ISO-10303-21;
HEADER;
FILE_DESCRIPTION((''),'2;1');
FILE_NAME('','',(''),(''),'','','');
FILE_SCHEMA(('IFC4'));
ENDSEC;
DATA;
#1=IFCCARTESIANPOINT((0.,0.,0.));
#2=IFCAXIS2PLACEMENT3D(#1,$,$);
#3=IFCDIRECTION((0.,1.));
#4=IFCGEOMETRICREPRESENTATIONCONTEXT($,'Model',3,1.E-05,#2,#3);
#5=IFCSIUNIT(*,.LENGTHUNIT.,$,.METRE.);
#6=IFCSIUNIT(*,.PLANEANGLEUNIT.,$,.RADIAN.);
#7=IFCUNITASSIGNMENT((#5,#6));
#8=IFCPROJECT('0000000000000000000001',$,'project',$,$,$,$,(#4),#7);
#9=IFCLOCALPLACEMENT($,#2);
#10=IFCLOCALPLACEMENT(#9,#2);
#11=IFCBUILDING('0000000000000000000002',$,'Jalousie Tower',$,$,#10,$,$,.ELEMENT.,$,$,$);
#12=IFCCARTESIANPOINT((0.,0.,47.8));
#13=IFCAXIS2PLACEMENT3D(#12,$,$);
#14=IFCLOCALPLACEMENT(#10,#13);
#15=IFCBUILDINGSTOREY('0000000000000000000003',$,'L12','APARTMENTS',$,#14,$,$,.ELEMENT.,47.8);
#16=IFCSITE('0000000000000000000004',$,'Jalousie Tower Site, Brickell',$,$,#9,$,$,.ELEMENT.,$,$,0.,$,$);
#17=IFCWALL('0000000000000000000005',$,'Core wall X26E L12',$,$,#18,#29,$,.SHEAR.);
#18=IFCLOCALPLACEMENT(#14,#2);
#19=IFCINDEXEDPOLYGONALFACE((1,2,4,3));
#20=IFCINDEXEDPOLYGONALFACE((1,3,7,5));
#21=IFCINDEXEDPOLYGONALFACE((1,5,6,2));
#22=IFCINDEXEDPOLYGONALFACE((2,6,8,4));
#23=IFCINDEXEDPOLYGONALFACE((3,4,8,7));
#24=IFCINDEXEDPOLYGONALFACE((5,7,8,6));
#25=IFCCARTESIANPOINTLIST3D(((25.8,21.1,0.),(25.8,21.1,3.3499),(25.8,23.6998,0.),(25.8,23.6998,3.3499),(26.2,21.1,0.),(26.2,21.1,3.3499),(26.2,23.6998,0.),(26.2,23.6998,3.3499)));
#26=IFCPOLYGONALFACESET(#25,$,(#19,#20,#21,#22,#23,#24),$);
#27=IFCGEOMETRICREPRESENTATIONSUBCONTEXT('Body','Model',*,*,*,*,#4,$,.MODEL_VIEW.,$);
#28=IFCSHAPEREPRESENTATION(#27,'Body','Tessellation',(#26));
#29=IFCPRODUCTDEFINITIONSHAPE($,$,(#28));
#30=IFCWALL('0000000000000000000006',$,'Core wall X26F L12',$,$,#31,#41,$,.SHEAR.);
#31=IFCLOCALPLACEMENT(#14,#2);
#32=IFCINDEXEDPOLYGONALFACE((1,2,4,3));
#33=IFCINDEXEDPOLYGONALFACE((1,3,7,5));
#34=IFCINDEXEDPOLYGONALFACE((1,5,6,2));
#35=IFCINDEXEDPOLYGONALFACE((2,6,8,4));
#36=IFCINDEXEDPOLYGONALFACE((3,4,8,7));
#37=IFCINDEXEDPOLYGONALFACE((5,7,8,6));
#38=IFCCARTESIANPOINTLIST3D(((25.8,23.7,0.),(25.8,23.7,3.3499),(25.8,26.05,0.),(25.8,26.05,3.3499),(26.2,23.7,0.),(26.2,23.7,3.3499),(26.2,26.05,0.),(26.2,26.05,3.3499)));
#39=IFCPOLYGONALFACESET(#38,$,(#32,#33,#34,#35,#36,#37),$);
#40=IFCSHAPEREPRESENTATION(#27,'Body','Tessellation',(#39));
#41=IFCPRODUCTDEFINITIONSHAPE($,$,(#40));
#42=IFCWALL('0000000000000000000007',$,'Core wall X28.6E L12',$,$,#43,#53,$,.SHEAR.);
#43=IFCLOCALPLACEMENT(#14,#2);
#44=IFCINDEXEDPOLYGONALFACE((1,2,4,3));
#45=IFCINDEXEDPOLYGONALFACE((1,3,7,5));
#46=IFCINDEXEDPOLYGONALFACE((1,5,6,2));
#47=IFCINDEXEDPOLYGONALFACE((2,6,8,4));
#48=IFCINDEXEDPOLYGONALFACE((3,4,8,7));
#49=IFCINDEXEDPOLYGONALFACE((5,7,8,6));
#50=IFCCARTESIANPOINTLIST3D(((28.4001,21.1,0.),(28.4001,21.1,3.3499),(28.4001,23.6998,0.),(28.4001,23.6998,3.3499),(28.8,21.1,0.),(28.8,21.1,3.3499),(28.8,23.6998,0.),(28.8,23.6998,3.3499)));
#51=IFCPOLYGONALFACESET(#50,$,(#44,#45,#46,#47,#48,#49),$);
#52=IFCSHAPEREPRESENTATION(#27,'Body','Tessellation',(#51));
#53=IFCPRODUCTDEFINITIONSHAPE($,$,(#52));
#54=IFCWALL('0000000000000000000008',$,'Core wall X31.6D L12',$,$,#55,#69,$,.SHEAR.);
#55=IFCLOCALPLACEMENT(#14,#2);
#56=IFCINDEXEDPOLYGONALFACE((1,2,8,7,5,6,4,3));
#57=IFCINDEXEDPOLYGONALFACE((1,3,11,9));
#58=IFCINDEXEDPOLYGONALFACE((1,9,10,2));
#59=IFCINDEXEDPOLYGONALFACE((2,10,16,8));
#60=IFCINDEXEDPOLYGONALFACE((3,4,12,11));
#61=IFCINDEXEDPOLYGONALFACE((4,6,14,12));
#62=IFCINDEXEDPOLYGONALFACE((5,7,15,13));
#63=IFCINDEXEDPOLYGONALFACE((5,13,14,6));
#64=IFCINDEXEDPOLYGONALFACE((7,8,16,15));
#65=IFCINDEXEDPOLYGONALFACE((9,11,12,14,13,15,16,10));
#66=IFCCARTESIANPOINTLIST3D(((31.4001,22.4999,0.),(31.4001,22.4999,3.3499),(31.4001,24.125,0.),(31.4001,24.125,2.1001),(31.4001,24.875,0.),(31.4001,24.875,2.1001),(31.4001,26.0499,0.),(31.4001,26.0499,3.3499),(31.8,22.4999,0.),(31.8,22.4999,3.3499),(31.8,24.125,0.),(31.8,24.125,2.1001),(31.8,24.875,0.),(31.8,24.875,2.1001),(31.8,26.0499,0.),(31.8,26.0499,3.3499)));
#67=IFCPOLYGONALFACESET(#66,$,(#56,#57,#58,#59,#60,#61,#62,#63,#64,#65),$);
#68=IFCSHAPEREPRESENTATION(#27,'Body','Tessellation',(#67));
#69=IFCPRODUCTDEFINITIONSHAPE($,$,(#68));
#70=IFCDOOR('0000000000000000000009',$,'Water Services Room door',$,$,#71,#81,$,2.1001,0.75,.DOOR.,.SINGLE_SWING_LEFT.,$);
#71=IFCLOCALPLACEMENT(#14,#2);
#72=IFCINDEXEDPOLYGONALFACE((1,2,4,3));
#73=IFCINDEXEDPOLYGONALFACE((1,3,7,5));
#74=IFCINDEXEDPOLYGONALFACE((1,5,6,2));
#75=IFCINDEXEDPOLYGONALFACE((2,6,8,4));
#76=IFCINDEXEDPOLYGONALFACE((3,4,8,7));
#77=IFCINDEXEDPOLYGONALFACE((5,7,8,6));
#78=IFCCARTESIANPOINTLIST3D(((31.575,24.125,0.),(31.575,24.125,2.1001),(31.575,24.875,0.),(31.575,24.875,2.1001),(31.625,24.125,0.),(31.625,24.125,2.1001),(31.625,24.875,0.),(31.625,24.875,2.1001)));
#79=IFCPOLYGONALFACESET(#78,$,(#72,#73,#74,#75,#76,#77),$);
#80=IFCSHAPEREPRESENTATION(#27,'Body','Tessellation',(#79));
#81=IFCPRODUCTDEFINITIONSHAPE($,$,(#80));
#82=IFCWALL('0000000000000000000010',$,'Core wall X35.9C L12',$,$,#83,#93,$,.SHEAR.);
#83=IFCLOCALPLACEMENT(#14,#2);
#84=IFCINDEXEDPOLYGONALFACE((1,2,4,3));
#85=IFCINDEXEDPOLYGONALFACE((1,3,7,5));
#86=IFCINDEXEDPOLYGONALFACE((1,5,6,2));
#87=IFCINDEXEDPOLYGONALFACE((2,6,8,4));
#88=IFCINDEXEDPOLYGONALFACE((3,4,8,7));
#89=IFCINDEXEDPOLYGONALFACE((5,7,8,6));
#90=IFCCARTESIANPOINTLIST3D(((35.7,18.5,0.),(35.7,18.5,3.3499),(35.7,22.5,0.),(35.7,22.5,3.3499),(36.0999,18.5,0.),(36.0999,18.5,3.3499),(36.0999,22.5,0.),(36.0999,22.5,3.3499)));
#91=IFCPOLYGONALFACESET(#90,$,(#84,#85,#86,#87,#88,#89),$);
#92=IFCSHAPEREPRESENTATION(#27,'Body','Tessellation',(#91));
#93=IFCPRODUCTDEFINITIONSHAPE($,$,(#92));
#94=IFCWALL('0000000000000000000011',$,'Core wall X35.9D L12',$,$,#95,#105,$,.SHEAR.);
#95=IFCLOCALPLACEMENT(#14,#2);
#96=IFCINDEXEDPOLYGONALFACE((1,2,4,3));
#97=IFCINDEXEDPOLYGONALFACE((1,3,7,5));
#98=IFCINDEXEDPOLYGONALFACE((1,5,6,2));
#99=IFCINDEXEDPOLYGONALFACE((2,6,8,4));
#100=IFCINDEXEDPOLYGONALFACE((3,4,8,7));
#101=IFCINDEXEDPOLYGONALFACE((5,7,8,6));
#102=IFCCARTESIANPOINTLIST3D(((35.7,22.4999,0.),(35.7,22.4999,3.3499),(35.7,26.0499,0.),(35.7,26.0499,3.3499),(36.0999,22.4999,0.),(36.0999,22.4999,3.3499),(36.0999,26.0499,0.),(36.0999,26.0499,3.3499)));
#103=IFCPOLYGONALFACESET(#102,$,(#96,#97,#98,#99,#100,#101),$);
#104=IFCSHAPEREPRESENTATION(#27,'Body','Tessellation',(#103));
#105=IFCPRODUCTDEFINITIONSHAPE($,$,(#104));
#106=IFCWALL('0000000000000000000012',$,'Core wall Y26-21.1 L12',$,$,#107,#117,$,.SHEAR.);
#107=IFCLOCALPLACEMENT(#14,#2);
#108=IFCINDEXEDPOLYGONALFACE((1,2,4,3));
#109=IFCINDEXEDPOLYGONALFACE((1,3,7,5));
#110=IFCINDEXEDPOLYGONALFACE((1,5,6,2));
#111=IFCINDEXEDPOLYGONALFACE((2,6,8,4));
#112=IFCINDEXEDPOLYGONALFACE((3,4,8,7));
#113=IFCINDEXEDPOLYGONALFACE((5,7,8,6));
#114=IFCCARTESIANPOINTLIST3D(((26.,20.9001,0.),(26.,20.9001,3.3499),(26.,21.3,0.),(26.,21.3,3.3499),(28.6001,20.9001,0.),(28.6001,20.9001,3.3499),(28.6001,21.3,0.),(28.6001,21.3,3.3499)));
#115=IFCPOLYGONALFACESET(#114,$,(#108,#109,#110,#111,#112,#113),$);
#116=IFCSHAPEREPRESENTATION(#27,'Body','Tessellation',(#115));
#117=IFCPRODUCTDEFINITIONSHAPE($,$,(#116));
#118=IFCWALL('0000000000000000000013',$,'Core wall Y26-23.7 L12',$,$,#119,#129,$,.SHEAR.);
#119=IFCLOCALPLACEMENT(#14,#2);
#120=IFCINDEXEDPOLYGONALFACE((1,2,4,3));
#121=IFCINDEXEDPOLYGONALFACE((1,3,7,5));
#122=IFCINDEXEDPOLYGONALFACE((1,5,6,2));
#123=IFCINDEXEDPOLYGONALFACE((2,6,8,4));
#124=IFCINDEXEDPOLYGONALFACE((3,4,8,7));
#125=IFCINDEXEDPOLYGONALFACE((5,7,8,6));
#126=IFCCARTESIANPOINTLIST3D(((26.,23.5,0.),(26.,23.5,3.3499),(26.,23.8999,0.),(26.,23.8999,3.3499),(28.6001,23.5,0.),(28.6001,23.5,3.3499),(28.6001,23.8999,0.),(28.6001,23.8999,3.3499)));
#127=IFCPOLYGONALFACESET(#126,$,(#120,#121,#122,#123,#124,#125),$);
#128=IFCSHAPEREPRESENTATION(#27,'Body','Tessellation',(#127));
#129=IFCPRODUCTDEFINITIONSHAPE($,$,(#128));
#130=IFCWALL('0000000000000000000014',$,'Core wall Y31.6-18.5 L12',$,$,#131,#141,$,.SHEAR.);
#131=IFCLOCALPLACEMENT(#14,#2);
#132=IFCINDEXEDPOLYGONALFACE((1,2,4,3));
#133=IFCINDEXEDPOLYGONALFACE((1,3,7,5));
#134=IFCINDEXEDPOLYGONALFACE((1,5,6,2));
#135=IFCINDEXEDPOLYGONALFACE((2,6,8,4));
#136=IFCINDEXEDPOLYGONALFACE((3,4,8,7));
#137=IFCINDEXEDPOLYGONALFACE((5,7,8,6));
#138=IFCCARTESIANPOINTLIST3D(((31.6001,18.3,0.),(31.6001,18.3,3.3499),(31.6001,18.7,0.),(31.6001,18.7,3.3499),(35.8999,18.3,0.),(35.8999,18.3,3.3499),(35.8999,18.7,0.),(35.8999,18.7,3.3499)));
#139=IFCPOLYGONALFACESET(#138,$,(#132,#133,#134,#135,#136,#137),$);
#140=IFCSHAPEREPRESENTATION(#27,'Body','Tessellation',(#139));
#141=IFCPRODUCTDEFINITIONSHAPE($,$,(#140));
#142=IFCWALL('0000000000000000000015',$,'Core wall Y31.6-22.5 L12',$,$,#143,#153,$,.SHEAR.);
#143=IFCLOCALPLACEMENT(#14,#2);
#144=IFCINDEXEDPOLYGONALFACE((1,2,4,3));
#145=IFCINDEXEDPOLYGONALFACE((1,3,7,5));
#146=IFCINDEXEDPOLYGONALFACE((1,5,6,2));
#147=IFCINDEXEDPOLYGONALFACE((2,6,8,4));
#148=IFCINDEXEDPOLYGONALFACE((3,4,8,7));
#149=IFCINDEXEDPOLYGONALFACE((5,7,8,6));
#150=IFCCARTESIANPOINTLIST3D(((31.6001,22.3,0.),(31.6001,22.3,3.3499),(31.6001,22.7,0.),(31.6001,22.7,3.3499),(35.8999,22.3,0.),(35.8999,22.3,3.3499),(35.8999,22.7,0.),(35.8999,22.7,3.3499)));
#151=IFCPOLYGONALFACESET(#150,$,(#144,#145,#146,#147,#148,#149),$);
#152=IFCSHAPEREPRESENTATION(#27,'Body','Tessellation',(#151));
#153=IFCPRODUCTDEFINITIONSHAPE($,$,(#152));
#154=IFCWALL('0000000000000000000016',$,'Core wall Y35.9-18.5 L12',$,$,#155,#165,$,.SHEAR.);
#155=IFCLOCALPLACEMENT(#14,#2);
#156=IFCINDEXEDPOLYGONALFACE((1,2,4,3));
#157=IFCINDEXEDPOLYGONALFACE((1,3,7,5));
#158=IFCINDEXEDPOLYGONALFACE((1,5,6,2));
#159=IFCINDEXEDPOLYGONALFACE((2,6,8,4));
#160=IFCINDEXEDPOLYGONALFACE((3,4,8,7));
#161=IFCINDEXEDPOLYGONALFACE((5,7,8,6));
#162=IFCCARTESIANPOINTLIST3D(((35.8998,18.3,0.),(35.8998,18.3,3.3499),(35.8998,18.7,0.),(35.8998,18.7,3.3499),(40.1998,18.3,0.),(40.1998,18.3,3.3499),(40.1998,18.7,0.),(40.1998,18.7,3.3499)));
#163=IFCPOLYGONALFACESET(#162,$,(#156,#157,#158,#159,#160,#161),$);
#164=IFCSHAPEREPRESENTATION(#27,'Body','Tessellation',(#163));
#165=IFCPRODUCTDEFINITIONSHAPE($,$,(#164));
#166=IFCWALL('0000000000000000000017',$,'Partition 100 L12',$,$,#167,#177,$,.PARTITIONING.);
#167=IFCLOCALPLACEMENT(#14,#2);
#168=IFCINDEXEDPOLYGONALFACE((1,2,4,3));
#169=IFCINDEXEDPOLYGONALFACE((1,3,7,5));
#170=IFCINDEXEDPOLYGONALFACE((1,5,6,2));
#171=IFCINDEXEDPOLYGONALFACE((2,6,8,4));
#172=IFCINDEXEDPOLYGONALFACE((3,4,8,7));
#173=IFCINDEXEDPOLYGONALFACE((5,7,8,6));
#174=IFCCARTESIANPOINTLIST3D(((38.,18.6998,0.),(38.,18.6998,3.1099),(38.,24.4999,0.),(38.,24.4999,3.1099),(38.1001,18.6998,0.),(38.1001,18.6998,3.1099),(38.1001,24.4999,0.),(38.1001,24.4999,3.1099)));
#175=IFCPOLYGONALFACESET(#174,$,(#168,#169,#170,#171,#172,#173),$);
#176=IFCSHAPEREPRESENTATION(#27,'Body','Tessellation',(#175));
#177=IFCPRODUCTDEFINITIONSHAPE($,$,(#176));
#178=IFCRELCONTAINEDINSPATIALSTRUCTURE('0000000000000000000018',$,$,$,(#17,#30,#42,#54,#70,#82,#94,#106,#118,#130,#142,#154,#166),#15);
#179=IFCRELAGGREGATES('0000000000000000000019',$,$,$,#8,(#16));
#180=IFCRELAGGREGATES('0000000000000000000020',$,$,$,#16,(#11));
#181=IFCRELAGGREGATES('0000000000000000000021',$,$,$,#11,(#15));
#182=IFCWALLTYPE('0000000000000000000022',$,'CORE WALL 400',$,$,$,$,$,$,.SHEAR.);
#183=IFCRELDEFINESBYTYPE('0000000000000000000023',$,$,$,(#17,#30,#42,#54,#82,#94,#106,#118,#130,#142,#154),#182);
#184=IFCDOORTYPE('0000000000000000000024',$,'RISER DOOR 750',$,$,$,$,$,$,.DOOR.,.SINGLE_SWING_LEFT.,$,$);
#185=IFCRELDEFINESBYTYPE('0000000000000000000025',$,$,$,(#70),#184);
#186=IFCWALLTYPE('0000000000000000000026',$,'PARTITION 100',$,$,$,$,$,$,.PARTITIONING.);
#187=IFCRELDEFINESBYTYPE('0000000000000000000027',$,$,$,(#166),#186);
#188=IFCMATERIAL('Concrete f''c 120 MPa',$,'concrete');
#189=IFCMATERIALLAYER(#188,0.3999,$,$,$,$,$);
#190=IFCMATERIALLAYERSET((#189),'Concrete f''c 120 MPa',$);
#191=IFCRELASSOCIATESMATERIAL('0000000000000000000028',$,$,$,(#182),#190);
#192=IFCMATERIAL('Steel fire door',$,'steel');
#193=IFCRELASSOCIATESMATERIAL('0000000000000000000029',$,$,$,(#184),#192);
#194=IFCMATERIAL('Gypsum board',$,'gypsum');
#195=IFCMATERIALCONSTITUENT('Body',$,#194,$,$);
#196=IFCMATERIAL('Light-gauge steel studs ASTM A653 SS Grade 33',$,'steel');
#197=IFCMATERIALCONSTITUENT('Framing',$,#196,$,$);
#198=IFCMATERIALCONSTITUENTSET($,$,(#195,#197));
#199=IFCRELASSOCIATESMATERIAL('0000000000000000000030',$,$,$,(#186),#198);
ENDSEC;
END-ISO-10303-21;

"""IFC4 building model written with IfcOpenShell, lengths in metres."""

from ifc_helpers import new_model, si_unit, direction, frame, frame_2d, origin, place, context, subcontext, project, spatial, rectangle, extrude, material, layer, layer_set, constituent, constituent_set, type_object, element, fill, save


model = new_model("IFC4")

# Units and contexts
model_context = context("Model", 3, precision=1e-05, world=origin(), true_north=direction((0.0, 1.0)))
body_context = subcontext(model_context, "Body", "Model", "MODEL_VIEW")
ifc_project = project(units=[si_unit("LENGTHUNIT", "METRE"), si_unit("PLANEANGLEUNIT", "RADIAN")], contexts=[model_context])

# Site, building, storey
site_placement = place(None, origin())
site = spatial("IfcSite", under=ifc_project, at=site_placement, Name="Jalousie Tower Site, Brickell", CompositionType="ELEMENT", RefElevation=0.0)
building_placement = place(site_placement, origin())
building = spatial("IfcBuilding", under=site, at=building_placement, Name="Jalousie Tower", CompositionType="ELEMENT")
storey_placement = place(building_placement, frame((0.0, 0.0, 47.8)))
storey = spatial("IfcBuildingStorey", under=building, at=storey_placement, Name="L12", Description="APARTMENTS", CompositionType="ELEMENT", Elevation=47.8)

# Walls
ifc_material_1 = material(Name="Concrete f'c 120 MPa", Category="concrete")
ifc_layer = layer(ifc_material_1, 0.3999)
ifc_layer_set = layer_set([ifc_layer], Name="Concrete f'c 120 MPa")
wall_type_1 = type_object("IfcWallType", Name="CORE WALL 400", PredefinedType="SHEAR", material=ifc_layer_set)
wall_1_placement = place(storey_placement, frame((26.0, 21.1001, 0.0), z_axis=(0.0, 0.0, 1.0), x_axis=(0.0, 1.0, 0.0)))
element("IfcWall", 1, at=wall_1_placement, inside=storey, type_object=wall_type_1, Name="Core wall X26E L12", PredefinedType="SHEAR", context=body_context, shape_type="SweptSolid", body=[
    extrude(rectangle(XDim=2.5999, YDim=0.3999, at=frame_2d((1.2998, 0.0))), origin(), (0.0, 0.0, 1.0), 3.3499),
])
wall_2_placement = place(storey_placement, frame((26.0, 23.7, 0.0), z_axis=(0.0, 0.0, 1.0), x_axis=(0.0, 1.0, 0.0)))
element("IfcWall", 2, at=wall_2_placement, inside=storey, type_object=wall_type_1, Name="Core wall X26F L12", PredefinedType="SHEAR", context=body_context, shape_type="SweptSolid", body=[
    extrude(rectangle(XDim=2.3501, YDim=0.3999, at=frame_2d((1.175, 0.0))), origin(), (0.0, 0.0, 1.0), 3.3499),
])
wall_3_placement = place(storey_placement, frame((28.6001, 21.1001, 0.0), z_axis=(0.0, 0.0, 1.0), x_axis=(0.0, 1.0, 0.0)))
element("IfcWall", 3, at=wall_3_placement, inside=storey, type_object=wall_type_1, Name="Core wall X28.6E L12", PredefinedType="SHEAR", context=body_context, shape_type="SweptSolid", body=[
    extrude(rectangle(XDim=2.5999, YDim=0.3999, at=frame_2d((1.2998, 0.0))), origin(), (0.0, 0.0, 1.0), 3.3499),
])

# Wall, opening, door
wall_4_placement = place(storey_placement, frame((31.6001, 22.5, 0.0), z_axis=(0.0, 0.0, 1.0), x_axis=(0.0, 1.0, 0.0)))
wall_4 = element("IfcWall", 4, at=wall_4_placement, inside=storey, type_object=wall_type_1, Name="Core wall X31.6D L12", PredefinedType="SHEAR", context=body_context, shape_type="SweptSolid", body=[
    extrude(rectangle(XDim=3.55, YDim=0.3999, at=frame_2d((1.7749, 0.0))), origin(), (0.0, 0.0, 1.0), 3.3499),
])
opening_placement = place(wall_4_placement, frame((1.625, 0.0, 0.0)))
opening = element("IfcOpeningElement", 5, at=opening_placement, cuts=wall_4, PredefinedType="OPENING", context=body_context, shape_type="SweptSolid", body=[
    extrude(rectangle(XDim=0.75, YDim=2.1001, at=frame_2d((0.375, 1.05))), frame((0.0, 0.21, 0.0), z_axis=(0.0, -1.0, 0.0), x_axis=(1.0, 0.0, 0.0)), (0.0, 0.0, 1.0), 0.4199),
])
ifc_material_2 = material(Name="Steel fire door", Category="steel")
door_type = type_object("IfcDoorType", Name="RISER DOOR 750", OperationType="SINGLE_SWING_LEFT", PredefinedType="DOOR", material=ifc_material_2)
door_placement = place(opening_placement, frame((0.75, 0.0, 0.0), z_axis=(0.0, 0.0, 1.0), x_axis=(-1.0, 0.0, 0.0)))
door = element("IfcDoor", 6, at=door_placement, inside=storey, type_object=door_type, Name="Water Services Room door", OperationType="SINGLE_SWING_LEFT", OverallHeight=2.1001, OverallWidth=0.75, PredefinedType="DOOR", context=body_context, shape_type="SweptSolid", body=[
    extrude(rectangle(XDim=0.75, YDim=2.1001, at=frame_2d((0.375, 1.05))), frame((0.0, 0.0249, 0.0), z_axis=(0.0, -1.0, 0.0), x_axis=(1.0, 0.0, 0.0)), (0.0, 0.0, 1.0), 0.05),
])
fill(opening, door)

# Walls
wall_5_placement = place(storey_placement, frame((35.8999, 18.5, 0.0), z_axis=(0.0, 0.0, 1.0), x_axis=(0.0, 1.0, 0.0)))
element("IfcWall", 7, at=wall_5_placement, inside=storey, type_object=wall_type_1, Name="Core wall X35.9C L12", PredefinedType="SHEAR", context=body_context, shape_type="SweptSolid", body=[
    extrude(rectangle(XDim=4.0, YDim=0.3999, at=frame_2d((2.0, 0.0))), origin(), (0.0, 0.0, 1.0), 3.3499),
])
wall_6_placement = place(storey_placement, frame((35.8999, 22.5, 0.0), z_axis=(0.0, 0.0, 1.0), x_axis=(0.0, 1.0, 0.0)))
element("IfcWall", 8, at=wall_6_placement, inside=storey, type_object=wall_type_1, Name="Core wall X35.9D L12", PredefinedType="SHEAR", context=body_context, shape_type="SweptSolid", body=[
    extrude(rectangle(XDim=3.55, YDim=0.3999, at=frame_2d((1.7749, 0.0))), origin(), (0.0, 0.0, 1.0), 3.3499),
])
for number, where, z_axis, x_axis, name in (
    (9, (26.0, 21.1001, 0.0), (0.0, 0.0, 1.0), (1.0, 0.0, 0.0), "Core wall Y26-21.1 L12"),
    (10, (26.0, 23.7, 0.0), (0.0, 0.0, 1.0), (1.0, 0.0, 0.0), "Core wall Y26-23.7 L12"),
):
    element("IfcWall", number, at=place(storey_placement, frame(where, z_axis=z_axis, x_axis=x_axis)), inside=storey, type_object=wall_type_1, Name=name, PredefinedType="SHEAR", context=body_context, shape_type="SweptSolid", body=[
        extrude(rectangle(XDim=2.6001, YDim=0.3999, at=frame_2d((1.3, 0.0))), origin(), (0.0, 0.0, 1.0), 3.3499),
    ])
for number, where, z_axis, x_axis, name in (
    (11, (31.6001, 18.5, 0.0), (0.0, 0.0, 1.0), (1.0, 0.0, 0.0), "Core wall Y31.6-18.5 L12"),
    (12, (31.6001, 22.5, 0.0), (0.0, 0.0, 1.0), (1.0, 0.0, 0.0), "Core wall Y31.6-22.5 L12"),
):
    element("IfcWall", number, at=place(storey_placement, frame(where, z_axis=z_axis, x_axis=x_axis)), inside=storey, type_object=wall_type_1, Name=name, PredefinedType="SHEAR", context=body_context, shape_type="SweptSolid", body=[
        extrude(rectangle(XDim=4.2998, YDim=0.3999, at=frame_2d((2.1499, 0.0))), origin(), (0.0, 0.0, 1.0), 3.3499),
    ])
wall_7_placement = place(storey_placement, frame((35.8999, 18.5, 0.0), z_axis=(0.0, 0.0, 1.0), x_axis=(1.0, 0.0, 0.0)))
element("IfcWall", 13, at=wall_7_placement, inside=storey, type_object=wall_type_1, Name="Core wall Y35.9-18.5 L12", PredefinedType="SHEAR", context=body_context, shape_type="SweptSolid", body=[
    extrude(rectangle(XDim=4.3, YDim=0.3999, at=frame_2d((2.1499, 0.0))), origin(), (0.0, 0.0, 1.0), 3.3499),
])
ifc_material_3 = material(Name="Gypsum board", Category="gypsum")
ifc_constituent_1 = constituent(ifc_material_3, Name="Body")
ifc_material_4 = material(Name="Light-gauge steel studs ASTM A653 SS Grade 33", Category="steel")
ifc_constituent_2 = constituent(ifc_material_4, Name="Framing")
ifc_constituent_set = constituent_set(constituents=[ifc_constituent_1, ifc_constituent_2])
wall_type_2 = type_object("IfcWallType", Name="PARTITION 100", PredefinedType="PARTITIONING", material=ifc_constituent_set)
wall_8_placement = place(storey_placement, frame((38.05, 18.7, 0.0), z_axis=(0.0, 0.0, 1.0), x_axis=(0.0, 1.0, 0.0)))
element("IfcWall", 14, at=wall_8_placement, inside=storey, type_object=wall_type_2, Name="Partition 100 L12", PredefinedType="PARTITIONING", context=body_context, shape_type="SweptSolid", body=[
    extrude(rectangle(XDim=5.8, YDim=0.1001, at=frame_2d((2.8999, 0.0))), origin(), (0.0, 0.0, 1.0), 3.1099),
])

save(model, "model.ifc")
